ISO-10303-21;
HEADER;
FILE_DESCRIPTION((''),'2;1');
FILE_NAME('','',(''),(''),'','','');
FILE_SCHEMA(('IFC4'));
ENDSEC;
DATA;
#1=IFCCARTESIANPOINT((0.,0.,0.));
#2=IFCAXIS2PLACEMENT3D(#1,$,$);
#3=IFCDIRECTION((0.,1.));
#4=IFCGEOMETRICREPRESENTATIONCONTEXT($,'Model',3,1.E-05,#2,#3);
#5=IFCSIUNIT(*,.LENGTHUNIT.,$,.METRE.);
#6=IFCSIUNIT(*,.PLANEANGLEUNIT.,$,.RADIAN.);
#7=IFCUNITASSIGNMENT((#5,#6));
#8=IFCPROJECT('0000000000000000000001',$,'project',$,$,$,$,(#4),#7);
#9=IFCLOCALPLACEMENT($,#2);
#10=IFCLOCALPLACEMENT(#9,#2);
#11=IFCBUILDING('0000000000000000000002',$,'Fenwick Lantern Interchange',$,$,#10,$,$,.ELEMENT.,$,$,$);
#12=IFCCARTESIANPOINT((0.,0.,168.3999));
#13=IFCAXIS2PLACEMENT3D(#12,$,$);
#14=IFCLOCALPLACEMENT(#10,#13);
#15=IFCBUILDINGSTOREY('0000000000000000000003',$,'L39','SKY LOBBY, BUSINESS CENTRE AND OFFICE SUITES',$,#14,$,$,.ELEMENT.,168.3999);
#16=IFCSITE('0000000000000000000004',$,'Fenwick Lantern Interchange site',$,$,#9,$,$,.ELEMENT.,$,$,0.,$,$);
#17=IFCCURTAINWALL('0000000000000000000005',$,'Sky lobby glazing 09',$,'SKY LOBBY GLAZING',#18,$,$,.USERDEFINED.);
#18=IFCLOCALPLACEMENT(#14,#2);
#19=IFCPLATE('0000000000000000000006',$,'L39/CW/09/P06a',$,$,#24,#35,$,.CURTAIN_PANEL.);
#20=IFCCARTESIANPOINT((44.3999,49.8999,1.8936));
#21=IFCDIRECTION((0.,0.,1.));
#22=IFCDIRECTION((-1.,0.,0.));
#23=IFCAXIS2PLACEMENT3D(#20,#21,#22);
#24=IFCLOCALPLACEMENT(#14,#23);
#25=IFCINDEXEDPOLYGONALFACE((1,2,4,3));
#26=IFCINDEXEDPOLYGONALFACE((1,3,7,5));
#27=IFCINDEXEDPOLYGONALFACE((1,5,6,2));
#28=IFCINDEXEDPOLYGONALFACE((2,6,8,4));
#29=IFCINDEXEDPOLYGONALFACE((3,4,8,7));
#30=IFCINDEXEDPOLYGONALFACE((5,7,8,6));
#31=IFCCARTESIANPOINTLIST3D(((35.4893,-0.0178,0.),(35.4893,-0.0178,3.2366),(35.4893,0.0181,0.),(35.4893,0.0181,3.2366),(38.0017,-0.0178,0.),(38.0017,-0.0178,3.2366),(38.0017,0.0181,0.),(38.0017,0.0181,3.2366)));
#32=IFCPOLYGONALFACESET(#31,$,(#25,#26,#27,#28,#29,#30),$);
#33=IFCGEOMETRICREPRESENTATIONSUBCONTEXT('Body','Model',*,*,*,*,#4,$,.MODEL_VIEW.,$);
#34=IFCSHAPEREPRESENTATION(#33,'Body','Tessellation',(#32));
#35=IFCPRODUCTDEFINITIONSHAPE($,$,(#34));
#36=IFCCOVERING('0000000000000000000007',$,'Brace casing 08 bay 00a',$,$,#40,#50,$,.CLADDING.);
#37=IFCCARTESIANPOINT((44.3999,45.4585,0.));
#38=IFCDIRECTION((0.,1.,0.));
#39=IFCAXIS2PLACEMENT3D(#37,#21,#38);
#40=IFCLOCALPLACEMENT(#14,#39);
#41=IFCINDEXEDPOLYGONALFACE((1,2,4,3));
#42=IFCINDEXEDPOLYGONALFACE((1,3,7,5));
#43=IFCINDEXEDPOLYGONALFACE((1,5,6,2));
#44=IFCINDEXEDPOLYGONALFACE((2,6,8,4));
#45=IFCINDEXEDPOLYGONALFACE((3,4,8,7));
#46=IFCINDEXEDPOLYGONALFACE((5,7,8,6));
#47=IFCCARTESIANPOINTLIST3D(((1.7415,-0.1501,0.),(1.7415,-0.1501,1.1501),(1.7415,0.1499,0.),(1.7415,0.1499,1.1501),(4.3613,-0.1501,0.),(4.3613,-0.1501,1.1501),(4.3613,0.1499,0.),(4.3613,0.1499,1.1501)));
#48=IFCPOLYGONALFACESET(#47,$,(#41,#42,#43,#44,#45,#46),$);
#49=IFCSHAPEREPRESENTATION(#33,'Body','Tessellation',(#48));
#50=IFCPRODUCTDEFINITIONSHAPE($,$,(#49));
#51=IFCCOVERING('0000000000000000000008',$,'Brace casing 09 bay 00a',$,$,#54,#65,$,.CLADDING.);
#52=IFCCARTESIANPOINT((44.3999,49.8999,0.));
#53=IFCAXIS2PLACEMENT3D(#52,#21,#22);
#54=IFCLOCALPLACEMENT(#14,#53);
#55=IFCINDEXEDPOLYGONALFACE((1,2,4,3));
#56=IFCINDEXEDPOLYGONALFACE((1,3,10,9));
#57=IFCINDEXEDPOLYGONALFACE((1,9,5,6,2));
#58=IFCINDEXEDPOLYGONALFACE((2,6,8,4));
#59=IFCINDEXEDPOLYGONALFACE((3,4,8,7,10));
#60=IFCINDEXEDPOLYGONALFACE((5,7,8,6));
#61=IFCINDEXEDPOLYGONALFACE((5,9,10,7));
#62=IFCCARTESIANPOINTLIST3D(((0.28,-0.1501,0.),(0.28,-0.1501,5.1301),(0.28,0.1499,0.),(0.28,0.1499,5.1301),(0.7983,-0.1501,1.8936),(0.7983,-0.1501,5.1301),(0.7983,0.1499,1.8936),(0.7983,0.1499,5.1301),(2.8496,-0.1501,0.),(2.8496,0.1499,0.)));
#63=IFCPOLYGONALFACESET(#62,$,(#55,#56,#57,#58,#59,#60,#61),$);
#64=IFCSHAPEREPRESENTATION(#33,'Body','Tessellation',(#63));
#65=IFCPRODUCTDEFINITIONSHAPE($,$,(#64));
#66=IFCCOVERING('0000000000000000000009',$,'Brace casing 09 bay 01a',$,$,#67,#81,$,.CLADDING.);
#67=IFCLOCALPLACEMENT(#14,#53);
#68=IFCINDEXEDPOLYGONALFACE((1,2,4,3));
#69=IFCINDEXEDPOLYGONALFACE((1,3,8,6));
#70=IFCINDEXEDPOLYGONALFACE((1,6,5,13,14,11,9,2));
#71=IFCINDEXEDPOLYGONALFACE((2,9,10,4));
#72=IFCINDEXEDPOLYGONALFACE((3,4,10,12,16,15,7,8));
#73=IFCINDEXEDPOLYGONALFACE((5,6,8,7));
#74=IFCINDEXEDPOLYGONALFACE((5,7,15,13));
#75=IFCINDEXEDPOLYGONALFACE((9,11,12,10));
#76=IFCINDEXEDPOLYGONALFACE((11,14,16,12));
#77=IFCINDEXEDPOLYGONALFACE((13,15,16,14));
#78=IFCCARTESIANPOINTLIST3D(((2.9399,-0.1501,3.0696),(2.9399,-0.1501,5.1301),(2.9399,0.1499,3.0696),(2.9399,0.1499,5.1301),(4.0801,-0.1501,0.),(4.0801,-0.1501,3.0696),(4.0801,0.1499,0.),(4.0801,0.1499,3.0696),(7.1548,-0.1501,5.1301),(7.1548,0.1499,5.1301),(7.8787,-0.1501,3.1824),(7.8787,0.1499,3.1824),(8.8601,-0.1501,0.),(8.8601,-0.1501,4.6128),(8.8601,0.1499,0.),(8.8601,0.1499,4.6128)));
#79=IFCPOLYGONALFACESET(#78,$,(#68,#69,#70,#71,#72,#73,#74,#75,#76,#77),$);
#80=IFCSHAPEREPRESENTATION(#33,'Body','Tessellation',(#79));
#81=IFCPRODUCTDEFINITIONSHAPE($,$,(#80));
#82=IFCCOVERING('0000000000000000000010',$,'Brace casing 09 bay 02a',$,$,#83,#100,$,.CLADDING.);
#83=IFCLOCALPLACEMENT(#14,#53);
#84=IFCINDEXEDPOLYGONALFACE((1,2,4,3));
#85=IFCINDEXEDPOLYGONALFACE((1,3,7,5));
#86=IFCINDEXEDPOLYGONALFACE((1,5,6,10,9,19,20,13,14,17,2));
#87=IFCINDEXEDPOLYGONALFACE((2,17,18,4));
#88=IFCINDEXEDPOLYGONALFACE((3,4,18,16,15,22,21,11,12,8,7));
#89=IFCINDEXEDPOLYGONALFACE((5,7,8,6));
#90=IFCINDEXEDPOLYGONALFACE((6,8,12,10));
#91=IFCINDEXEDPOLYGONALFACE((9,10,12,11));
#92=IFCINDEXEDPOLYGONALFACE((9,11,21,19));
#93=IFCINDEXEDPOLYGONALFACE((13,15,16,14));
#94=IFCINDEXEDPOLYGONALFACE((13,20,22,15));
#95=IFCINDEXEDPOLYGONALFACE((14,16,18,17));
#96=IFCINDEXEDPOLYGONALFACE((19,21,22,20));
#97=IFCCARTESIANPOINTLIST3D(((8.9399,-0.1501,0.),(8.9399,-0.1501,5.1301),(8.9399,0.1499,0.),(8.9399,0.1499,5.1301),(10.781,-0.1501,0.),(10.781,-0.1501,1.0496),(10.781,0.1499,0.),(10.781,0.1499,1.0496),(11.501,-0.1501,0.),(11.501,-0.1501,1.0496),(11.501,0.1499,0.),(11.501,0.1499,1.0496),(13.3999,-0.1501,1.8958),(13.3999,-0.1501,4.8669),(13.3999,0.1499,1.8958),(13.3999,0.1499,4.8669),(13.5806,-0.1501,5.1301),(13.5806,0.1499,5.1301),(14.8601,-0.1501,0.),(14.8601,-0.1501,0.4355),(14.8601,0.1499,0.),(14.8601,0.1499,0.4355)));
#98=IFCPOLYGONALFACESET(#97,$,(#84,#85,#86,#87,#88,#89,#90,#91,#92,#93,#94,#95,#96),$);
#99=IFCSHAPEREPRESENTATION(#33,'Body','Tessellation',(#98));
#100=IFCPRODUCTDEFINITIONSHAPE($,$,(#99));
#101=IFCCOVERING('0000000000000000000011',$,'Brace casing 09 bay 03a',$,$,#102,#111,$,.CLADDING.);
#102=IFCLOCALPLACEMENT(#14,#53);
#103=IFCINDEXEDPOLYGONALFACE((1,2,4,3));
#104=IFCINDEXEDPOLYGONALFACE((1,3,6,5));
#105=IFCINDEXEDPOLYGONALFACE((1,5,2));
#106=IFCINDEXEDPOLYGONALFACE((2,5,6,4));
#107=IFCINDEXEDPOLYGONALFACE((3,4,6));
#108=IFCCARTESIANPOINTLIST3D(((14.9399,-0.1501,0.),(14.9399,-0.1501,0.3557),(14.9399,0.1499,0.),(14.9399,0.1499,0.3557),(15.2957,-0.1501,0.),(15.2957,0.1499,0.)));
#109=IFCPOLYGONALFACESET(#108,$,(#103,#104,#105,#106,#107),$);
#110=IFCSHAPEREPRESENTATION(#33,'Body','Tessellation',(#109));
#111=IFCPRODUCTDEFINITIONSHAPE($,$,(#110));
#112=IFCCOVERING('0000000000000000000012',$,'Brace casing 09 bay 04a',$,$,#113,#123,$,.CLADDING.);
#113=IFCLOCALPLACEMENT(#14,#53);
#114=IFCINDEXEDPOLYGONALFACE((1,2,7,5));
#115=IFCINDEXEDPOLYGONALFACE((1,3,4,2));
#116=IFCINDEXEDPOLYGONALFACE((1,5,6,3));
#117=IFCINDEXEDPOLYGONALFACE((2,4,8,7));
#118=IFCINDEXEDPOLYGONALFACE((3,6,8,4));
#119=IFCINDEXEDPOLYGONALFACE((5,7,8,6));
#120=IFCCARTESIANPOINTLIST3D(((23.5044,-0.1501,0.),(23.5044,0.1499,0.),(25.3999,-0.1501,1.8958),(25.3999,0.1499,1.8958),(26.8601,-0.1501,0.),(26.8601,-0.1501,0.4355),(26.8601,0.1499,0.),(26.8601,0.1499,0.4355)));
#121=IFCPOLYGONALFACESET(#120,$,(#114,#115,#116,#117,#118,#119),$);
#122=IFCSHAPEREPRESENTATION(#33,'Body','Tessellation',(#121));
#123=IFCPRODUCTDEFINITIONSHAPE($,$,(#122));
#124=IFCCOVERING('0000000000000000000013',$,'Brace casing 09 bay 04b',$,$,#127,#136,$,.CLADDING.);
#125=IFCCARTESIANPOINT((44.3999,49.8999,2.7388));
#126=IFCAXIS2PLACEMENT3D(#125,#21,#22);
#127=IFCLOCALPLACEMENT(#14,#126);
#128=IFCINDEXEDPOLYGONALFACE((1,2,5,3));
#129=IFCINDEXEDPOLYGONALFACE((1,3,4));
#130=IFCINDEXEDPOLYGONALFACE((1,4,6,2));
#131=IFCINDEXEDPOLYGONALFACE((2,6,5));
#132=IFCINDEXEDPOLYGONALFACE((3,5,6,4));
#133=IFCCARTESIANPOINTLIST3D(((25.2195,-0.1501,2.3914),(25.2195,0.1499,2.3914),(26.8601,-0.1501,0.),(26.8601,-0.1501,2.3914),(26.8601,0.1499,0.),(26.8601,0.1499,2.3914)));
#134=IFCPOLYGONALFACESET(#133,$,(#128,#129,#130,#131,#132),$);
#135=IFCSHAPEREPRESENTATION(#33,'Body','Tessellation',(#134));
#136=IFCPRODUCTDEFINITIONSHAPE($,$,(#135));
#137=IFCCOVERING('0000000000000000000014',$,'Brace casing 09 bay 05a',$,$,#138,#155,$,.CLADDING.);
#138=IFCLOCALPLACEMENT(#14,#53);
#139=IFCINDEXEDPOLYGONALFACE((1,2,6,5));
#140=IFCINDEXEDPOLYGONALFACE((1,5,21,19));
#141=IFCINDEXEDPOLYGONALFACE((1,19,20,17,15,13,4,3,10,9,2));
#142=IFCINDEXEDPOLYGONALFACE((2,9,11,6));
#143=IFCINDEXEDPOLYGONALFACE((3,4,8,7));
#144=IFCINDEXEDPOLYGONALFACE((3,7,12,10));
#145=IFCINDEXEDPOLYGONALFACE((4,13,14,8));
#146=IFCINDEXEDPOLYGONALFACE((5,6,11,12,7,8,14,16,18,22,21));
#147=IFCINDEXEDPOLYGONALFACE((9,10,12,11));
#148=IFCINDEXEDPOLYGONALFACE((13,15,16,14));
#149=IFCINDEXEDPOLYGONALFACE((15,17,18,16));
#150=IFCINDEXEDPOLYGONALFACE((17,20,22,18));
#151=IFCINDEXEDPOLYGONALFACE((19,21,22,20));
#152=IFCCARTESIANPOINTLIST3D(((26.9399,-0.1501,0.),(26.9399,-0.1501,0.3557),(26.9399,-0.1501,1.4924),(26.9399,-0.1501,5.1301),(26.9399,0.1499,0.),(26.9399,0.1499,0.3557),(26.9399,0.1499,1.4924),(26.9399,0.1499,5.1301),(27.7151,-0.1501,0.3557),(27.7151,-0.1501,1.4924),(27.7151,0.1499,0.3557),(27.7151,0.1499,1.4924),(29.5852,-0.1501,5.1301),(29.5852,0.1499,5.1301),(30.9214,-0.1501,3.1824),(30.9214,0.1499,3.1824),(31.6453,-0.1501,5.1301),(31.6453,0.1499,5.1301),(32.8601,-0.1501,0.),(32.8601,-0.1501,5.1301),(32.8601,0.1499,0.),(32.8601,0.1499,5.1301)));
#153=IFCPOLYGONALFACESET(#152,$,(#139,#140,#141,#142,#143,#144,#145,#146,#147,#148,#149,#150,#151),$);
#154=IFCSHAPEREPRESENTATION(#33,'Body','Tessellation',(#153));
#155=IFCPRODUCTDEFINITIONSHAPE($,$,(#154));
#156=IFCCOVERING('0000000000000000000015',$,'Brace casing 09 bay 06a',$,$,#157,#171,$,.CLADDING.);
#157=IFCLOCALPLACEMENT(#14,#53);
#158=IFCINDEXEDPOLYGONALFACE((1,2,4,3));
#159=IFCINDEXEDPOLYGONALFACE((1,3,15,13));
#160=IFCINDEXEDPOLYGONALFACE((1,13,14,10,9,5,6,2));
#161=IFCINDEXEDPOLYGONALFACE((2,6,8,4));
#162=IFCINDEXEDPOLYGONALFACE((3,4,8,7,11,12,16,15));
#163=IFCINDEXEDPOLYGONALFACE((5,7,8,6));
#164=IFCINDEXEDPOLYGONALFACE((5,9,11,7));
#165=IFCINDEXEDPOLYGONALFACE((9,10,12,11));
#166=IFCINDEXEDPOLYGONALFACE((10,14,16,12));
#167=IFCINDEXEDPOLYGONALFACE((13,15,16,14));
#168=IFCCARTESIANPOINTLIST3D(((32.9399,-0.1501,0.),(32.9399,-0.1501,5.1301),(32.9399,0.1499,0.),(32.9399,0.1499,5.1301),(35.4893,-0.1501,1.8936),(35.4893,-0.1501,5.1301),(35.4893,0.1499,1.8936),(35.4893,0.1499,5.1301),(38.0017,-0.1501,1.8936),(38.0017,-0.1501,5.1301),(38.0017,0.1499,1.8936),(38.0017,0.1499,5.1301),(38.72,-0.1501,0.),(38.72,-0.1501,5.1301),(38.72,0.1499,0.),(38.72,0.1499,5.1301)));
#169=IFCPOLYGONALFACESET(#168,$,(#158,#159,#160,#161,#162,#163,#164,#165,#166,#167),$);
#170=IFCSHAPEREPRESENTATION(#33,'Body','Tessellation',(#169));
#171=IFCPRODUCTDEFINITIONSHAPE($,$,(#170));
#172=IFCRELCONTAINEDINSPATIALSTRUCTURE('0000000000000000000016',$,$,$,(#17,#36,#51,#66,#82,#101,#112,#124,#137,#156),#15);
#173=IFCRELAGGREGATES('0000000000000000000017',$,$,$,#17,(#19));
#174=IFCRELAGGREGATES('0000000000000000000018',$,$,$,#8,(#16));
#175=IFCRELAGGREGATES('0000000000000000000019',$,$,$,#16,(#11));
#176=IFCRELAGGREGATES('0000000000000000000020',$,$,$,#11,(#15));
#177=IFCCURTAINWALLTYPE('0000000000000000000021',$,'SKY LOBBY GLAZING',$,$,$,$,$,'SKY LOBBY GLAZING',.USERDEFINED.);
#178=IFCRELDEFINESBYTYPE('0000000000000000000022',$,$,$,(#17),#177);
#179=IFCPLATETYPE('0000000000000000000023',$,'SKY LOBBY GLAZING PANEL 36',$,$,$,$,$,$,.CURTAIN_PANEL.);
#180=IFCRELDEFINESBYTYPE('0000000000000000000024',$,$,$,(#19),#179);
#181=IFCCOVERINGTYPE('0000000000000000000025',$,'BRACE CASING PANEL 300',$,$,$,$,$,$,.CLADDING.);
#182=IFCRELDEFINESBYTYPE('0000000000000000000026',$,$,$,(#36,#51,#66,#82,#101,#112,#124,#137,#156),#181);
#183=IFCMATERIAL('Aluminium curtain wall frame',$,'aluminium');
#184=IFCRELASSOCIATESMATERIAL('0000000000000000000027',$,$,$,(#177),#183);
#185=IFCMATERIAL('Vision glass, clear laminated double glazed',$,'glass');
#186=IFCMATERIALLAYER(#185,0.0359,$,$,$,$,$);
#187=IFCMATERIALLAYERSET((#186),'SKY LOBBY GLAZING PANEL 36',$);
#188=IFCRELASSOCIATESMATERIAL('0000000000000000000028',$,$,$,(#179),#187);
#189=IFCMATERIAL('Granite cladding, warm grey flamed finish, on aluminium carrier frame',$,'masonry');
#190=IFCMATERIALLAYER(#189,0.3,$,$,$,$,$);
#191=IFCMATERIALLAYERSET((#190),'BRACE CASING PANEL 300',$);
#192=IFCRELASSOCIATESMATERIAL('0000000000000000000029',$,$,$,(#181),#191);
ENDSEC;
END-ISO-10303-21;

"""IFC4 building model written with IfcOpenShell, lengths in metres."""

from ifc_helpers import new_model, si_unit, direction, frame, origin, place, context, subcontext, project, spatial, polyline, outline, extrude, material, layer, layer_set, type_object, element, aggregate, save


model = new_model("IFC4")

# Units and contexts
model_context = context("Model", 3, precision=1e-05, world=origin(), true_north=direction((0.0, 1.0)))
body_context = subcontext(model_context, "Body", "Model", "MODEL_VIEW")
ifc_project = project(units=[si_unit("LENGTHUNIT", "METRE"), si_unit("PLANEANGLEUNIT", "RADIAN")], contexts=[model_context])

# Site, building, storey
site_placement = place(None, origin())
site = spatial("IfcSite", under=ifc_project, at=site_placement, Name="Fenwick Lantern Interchange site", CompositionType="ELEMENT", RefElevation=0.0)
building_placement = place(site_placement, origin())
building = spatial("IfcBuilding", under=site, at=building_placement, Name="Fenwick Lantern Interchange", CompositionType="ELEMENT")
storey_placement = place(building_placement, frame((0.0, 0.0, 168.3999)))
storey = spatial("IfcBuildingStorey", under=building, at=storey_placement, Name="L39", Description="SKY LOBBY, BUSINESS CENTRE AND OFFICE SUITES", CompositionType="ELEMENT", Elevation=168.3999)

# Shared definitions
ifc_material_1 = material(Name="Aluminium curtain wall frame", Category="aluminium")
curtain_wall_type = type_object("IfcCurtainWallType", Name="SKY LOBBY GLAZING", ElementType="SKY LOBBY GLAZING", PredefinedType="USERDEFINED", material=ifc_material_1)

# Curtain wall
curtain_wall_1_placement = place(storey_placement, origin())
curtain_wall_1 = element("IfcCurtainWall", 1, at=curtain_wall_1_placement, inside=storey, type_object=curtain_wall_type, Name="Sky lobby glazing 09", ObjectType="SKY LOBBY GLAZING", PredefinedType="USERDEFINED")

# Plate
ifc_material_2 = material(Name="Vision glass, clear laminated double glazed", Category="glass")
ifc_layer_1 = layer(ifc_material_2, 0.0359)
ifc_layer_set_1 = layer_set([ifc_layer_1], Name="SKY LOBBY GLAZING PANEL 36")
plate_type = type_object("IfcPlateType", Name="SKY LOBBY GLAZING PANEL 36", PredefinedType="CURTAIN_PANEL", material=ifc_layer_set_1)
plate_1_placement = place(storey_placement, frame((44.3999, 49.8999, 1.8936), z_axis=(0.0, 0.0, 1.0), x_axis=(-1.0, 0.0, 0.0)))
plate_1 = element("IfcPlate", 2, at=plate_1_placement, type_object=plate_type, Name="L39/CW/09/P06a", PredefinedType="CURTAIN_PANEL", context=body_context, shape_type="SweptSolid", body=[
    extrude(outline(polyline([(35.4893, 0.0), (38.0017, 0.0), (38.0017, 3.2366), (35.4893, 3.2366), (35.4893, 0.0)])), frame((0.0, 0.0181, 0.0), z_axis=(0.0, -1.0, 0.0), x_axis=(1.0, 0.0, 0.0)), (0.0, 0.0, 1.0), 0.0359),
])
aggregate(curtain_wall_1, [plate_1])

# Coverings
ifc_material_3 = material(Name="Granite cladding, warm grey flamed finish, on aluminium carrier frame", Category="masonry")
ifc_layer_2 = layer(ifc_material_3, 0.3)
ifc_layer_set_2 = layer_set([ifc_layer_2], Name="BRACE CASING PANEL 300")
covering_type = type_object("IfcCoveringType", Name="BRACE CASING PANEL 300", PredefinedType="CLADDING", material=ifc_layer_set_2)
covering_1_placement = place(storey_placement, frame((44.3999, 45.4585, 0.0), z_axis=(0.0, 0.0, 1.0), x_axis=(0.0, 1.0, 0.0)))
element("IfcCovering", 3, at=covering_1_placement, inside=storey, type_object=covering_type, Name="Brace casing 08 bay 00a", PredefinedType="CLADDING", context=body_context, shape_type="SweptSolid", body=[
    extrude(outline(polyline([(1.7415, 0.0), (4.3613, 0.0), (4.3613, 1.1501), (1.7415, 1.1501), (1.7415, 0.0)])), frame((0.0, 0.1499, 0.0), z_axis=(0.0, -1.0, 0.0), x_axis=(1.0, 0.0, 0.0)), (0.0, 0.0, 1.0), 0.3),
])
covering_2_placement = place(storey_placement, frame((44.3999, 49.8999, 0.0), z_axis=(0.0, 0.0, 1.0), x_axis=(-1.0, 0.0, 0.0)))
element("IfcCovering", 4, at=covering_2_placement, inside=storey, type_object=covering_type, Name="Brace casing 09 bay 00a", PredefinedType="CLADDING", context=body_context, shape_type="SweptSolid", body=[
    extrude(outline(polyline([(0.28, 0.0), (2.8496, 0.0), (0.7983, 1.8936), (0.7983, 5.1301), (0.28, 5.1301), (0.28, 0.0)])), frame((0.0, 0.1499, 0.0), z_axis=(0.0, -1.0, 0.0), x_axis=(1.0, 0.0, 0.0)), (0.0, 0.0, 1.0), 0.3),
])
covering_3_placement = place(storey_placement, frame((44.3999, 49.8999, 0.0), z_axis=(0.0, 0.0, 1.0), x_axis=(-1.0, 0.0, 0.0)))
element("IfcCovering", 5, at=covering_3_placement, inside=storey, type_object=covering_type, Name="Brace casing 09 bay 01a", PredefinedType="CLADDING", context=body_context, shape_type="SweptSolid", body=[
    extrude(outline(polyline([(4.0801, 0.0), (8.8601, 0.0), (8.8601, 4.6128), (7.8787, 3.1824), (7.1548, 5.1301), (2.9399, 5.1301), (2.9399, 3.0696), (4.0801, 3.0696), (4.0801, 0.0)])), frame((0.0, 0.1499, 0.0), z_axis=(0.0, -1.0, 0.0), x_axis=(1.0, 0.0, 0.0)), (0.0, 0.0, 1.0), 0.3),
])
covering_4_placement = place(storey_placement, frame((44.3999, 49.8999, 0.0), z_axis=(0.0, 0.0, 1.0), x_axis=(-1.0, 0.0, 0.0)))
element("IfcCovering", 6, at=covering_4_placement, inside=storey, type_object=covering_type, Name="Brace casing 09 bay 02a", PredefinedType="CLADDING", context=body_context, shape_type="SweptSolid", body=[
    extrude(outline(polyline([(8.9399, 0.0), (10.781, 0.0), (10.781, 1.0496), (11.501, 1.0496), (11.501, 0.0), (14.8601, 0.0), (14.8601, 0.4355), (13.3999, 1.8958), (13.3999, 4.8669), (13.5806, 5.1301), (8.9399, 5.1301), (8.9399, 0.0)])), frame((0.0, 0.1499, 0.0), z_axis=(0.0, -1.0, 0.0), x_axis=(1.0, 0.0, 0.0)), (0.0, 0.0, 1.0), 0.3),
])
covering_5_placement = place(storey_placement, frame((44.3999, 49.8999, 0.0), z_axis=(0.0, 0.0, 1.0), x_axis=(-1.0, 0.0, 0.0)))
element("IfcCovering", 7, at=covering_5_placement, inside=storey, type_object=covering_type, Name="Brace casing 09 bay 03a", PredefinedType="CLADDING", context=body_context, shape_type="SweptSolid", body=[
    extrude(outline(polyline([(14.9399, 0.0), (15.2957, 0.0), (14.9399, 0.3557), (14.9399, 0.0)])), frame((0.0, 0.1499, 0.0), z_axis=(0.0, -1.0, 0.0), x_axis=(1.0, 0.0, 0.0)), (0.0, 0.0, 1.0), 0.3),
])
covering_6_placement = place(storey_placement, frame((44.3999, 49.8999, 0.0), z_axis=(0.0, 0.0, 1.0), x_axis=(-1.0, 0.0, 0.0)))
element("IfcCovering", 8, at=covering_6_placement, inside=storey, type_object=covering_type, Name="Brace casing 09 bay 04a", PredefinedType="CLADDING", context=body_context, shape_type="SweptSolid", body=[
    extrude(outline(polyline([(23.5044, 0.0), (26.8601, 0.0), (26.8601, 0.4355), (25.3999, 1.8958), (23.5044, 0.0)])), frame((0.0, 0.1499, 0.0), z_axis=(0.0, -1.0, 0.0), x_axis=(1.0, 0.0, 0.0)), (0.0, 0.0, 1.0), 0.3),
])
covering_7_placement = place(storey_placement, frame((44.3999, 49.8999, 2.7388), z_axis=(0.0, 0.0, 1.0), x_axis=(-1.0, 0.0, 0.0)))
element("IfcCovering", 9, at=covering_7_placement, inside=storey, type_object=covering_type, Name="Brace casing 09 bay 04b", PredefinedType="CLADDING", context=body_context, shape_type="SweptSolid", body=[
    extrude(outline(polyline([(26.8601, 0.0), (26.8601, 2.3914), (25.2195, 2.3914), (26.8601, 0.0)])), frame((0.0, 0.1499, 0.0), z_axis=(0.0, -1.0, 0.0), x_axis=(1.0, 0.0, 0.0)), (0.0, 0.0, 1.0), 0.3),
])
covering_8_placement = place(storey_placement, frame((44.3999, 49.8999, 0.0), z_axis=(0.0, 0.0, 1.0), x_axis=(-1.0, 0.0, 0.0)))
element("IfcCovering", 10, at=covering_8_placement, inside=storey, type_object=covering_type, Name="Brace casing 09 bay 05a", PredefinedType="CLADDING", context=body_context, shape_type="SweptSolid", body=[
    extrude(outline(polyline([(26.9399, 0.0), (32.8601, 0.0), (32.8601, 5.1301), (31.6453, 5.1301), (30.9214, 3.1824), (29.5852, 5.1301), (26.9399, 5.1301), (26.9399, 1.4924), (27.7151, 1.4924), (27.7151, 0.3557), (26.9399, 0.3557), (26.9399, 0.0)])), frame((0.0, 0.1499, 0.0), z_axis=(0.0, -1.0, 0.0), x_axis=(1.0, 0.0, 0.0)), (0.0, 0.0, 1.0), 0.3),
])
covering_9_placement = place(storey_placement, frame((44.3999, 49.8999, 0.0), z_axis=(0.0, 0.0, 1.0), x_axis=(-1.0, 0.0, 0.0)))
element("IfcCovering", 11, at=covering_9_placement, inside=storey, type_object=covering_type, Name="Brace casing 09 bay 06a", PredefinedType="CLADDING", context=body_context, shape_type="SweptSolid", body=[
    extrude(outline(polyline([(32.9399, 0.0), (38.72, 0.0), (38.72, 5.1301), (38.0017, 5.1301), (38.0017, 1.8936), (35.4893, 1.8936), (35.4893, 5.1301), (32.9399, 5.1301), (32.9399, 0.0)])), frame((0.0, 0.1499, 0.0), z_axis=(0.0, -1.0, 0.0), x_axis=(1.0, 0.0, 0.0)), (0.0, 0.0, 1.0), 0.3),
])

save(model, "model.ifc")
